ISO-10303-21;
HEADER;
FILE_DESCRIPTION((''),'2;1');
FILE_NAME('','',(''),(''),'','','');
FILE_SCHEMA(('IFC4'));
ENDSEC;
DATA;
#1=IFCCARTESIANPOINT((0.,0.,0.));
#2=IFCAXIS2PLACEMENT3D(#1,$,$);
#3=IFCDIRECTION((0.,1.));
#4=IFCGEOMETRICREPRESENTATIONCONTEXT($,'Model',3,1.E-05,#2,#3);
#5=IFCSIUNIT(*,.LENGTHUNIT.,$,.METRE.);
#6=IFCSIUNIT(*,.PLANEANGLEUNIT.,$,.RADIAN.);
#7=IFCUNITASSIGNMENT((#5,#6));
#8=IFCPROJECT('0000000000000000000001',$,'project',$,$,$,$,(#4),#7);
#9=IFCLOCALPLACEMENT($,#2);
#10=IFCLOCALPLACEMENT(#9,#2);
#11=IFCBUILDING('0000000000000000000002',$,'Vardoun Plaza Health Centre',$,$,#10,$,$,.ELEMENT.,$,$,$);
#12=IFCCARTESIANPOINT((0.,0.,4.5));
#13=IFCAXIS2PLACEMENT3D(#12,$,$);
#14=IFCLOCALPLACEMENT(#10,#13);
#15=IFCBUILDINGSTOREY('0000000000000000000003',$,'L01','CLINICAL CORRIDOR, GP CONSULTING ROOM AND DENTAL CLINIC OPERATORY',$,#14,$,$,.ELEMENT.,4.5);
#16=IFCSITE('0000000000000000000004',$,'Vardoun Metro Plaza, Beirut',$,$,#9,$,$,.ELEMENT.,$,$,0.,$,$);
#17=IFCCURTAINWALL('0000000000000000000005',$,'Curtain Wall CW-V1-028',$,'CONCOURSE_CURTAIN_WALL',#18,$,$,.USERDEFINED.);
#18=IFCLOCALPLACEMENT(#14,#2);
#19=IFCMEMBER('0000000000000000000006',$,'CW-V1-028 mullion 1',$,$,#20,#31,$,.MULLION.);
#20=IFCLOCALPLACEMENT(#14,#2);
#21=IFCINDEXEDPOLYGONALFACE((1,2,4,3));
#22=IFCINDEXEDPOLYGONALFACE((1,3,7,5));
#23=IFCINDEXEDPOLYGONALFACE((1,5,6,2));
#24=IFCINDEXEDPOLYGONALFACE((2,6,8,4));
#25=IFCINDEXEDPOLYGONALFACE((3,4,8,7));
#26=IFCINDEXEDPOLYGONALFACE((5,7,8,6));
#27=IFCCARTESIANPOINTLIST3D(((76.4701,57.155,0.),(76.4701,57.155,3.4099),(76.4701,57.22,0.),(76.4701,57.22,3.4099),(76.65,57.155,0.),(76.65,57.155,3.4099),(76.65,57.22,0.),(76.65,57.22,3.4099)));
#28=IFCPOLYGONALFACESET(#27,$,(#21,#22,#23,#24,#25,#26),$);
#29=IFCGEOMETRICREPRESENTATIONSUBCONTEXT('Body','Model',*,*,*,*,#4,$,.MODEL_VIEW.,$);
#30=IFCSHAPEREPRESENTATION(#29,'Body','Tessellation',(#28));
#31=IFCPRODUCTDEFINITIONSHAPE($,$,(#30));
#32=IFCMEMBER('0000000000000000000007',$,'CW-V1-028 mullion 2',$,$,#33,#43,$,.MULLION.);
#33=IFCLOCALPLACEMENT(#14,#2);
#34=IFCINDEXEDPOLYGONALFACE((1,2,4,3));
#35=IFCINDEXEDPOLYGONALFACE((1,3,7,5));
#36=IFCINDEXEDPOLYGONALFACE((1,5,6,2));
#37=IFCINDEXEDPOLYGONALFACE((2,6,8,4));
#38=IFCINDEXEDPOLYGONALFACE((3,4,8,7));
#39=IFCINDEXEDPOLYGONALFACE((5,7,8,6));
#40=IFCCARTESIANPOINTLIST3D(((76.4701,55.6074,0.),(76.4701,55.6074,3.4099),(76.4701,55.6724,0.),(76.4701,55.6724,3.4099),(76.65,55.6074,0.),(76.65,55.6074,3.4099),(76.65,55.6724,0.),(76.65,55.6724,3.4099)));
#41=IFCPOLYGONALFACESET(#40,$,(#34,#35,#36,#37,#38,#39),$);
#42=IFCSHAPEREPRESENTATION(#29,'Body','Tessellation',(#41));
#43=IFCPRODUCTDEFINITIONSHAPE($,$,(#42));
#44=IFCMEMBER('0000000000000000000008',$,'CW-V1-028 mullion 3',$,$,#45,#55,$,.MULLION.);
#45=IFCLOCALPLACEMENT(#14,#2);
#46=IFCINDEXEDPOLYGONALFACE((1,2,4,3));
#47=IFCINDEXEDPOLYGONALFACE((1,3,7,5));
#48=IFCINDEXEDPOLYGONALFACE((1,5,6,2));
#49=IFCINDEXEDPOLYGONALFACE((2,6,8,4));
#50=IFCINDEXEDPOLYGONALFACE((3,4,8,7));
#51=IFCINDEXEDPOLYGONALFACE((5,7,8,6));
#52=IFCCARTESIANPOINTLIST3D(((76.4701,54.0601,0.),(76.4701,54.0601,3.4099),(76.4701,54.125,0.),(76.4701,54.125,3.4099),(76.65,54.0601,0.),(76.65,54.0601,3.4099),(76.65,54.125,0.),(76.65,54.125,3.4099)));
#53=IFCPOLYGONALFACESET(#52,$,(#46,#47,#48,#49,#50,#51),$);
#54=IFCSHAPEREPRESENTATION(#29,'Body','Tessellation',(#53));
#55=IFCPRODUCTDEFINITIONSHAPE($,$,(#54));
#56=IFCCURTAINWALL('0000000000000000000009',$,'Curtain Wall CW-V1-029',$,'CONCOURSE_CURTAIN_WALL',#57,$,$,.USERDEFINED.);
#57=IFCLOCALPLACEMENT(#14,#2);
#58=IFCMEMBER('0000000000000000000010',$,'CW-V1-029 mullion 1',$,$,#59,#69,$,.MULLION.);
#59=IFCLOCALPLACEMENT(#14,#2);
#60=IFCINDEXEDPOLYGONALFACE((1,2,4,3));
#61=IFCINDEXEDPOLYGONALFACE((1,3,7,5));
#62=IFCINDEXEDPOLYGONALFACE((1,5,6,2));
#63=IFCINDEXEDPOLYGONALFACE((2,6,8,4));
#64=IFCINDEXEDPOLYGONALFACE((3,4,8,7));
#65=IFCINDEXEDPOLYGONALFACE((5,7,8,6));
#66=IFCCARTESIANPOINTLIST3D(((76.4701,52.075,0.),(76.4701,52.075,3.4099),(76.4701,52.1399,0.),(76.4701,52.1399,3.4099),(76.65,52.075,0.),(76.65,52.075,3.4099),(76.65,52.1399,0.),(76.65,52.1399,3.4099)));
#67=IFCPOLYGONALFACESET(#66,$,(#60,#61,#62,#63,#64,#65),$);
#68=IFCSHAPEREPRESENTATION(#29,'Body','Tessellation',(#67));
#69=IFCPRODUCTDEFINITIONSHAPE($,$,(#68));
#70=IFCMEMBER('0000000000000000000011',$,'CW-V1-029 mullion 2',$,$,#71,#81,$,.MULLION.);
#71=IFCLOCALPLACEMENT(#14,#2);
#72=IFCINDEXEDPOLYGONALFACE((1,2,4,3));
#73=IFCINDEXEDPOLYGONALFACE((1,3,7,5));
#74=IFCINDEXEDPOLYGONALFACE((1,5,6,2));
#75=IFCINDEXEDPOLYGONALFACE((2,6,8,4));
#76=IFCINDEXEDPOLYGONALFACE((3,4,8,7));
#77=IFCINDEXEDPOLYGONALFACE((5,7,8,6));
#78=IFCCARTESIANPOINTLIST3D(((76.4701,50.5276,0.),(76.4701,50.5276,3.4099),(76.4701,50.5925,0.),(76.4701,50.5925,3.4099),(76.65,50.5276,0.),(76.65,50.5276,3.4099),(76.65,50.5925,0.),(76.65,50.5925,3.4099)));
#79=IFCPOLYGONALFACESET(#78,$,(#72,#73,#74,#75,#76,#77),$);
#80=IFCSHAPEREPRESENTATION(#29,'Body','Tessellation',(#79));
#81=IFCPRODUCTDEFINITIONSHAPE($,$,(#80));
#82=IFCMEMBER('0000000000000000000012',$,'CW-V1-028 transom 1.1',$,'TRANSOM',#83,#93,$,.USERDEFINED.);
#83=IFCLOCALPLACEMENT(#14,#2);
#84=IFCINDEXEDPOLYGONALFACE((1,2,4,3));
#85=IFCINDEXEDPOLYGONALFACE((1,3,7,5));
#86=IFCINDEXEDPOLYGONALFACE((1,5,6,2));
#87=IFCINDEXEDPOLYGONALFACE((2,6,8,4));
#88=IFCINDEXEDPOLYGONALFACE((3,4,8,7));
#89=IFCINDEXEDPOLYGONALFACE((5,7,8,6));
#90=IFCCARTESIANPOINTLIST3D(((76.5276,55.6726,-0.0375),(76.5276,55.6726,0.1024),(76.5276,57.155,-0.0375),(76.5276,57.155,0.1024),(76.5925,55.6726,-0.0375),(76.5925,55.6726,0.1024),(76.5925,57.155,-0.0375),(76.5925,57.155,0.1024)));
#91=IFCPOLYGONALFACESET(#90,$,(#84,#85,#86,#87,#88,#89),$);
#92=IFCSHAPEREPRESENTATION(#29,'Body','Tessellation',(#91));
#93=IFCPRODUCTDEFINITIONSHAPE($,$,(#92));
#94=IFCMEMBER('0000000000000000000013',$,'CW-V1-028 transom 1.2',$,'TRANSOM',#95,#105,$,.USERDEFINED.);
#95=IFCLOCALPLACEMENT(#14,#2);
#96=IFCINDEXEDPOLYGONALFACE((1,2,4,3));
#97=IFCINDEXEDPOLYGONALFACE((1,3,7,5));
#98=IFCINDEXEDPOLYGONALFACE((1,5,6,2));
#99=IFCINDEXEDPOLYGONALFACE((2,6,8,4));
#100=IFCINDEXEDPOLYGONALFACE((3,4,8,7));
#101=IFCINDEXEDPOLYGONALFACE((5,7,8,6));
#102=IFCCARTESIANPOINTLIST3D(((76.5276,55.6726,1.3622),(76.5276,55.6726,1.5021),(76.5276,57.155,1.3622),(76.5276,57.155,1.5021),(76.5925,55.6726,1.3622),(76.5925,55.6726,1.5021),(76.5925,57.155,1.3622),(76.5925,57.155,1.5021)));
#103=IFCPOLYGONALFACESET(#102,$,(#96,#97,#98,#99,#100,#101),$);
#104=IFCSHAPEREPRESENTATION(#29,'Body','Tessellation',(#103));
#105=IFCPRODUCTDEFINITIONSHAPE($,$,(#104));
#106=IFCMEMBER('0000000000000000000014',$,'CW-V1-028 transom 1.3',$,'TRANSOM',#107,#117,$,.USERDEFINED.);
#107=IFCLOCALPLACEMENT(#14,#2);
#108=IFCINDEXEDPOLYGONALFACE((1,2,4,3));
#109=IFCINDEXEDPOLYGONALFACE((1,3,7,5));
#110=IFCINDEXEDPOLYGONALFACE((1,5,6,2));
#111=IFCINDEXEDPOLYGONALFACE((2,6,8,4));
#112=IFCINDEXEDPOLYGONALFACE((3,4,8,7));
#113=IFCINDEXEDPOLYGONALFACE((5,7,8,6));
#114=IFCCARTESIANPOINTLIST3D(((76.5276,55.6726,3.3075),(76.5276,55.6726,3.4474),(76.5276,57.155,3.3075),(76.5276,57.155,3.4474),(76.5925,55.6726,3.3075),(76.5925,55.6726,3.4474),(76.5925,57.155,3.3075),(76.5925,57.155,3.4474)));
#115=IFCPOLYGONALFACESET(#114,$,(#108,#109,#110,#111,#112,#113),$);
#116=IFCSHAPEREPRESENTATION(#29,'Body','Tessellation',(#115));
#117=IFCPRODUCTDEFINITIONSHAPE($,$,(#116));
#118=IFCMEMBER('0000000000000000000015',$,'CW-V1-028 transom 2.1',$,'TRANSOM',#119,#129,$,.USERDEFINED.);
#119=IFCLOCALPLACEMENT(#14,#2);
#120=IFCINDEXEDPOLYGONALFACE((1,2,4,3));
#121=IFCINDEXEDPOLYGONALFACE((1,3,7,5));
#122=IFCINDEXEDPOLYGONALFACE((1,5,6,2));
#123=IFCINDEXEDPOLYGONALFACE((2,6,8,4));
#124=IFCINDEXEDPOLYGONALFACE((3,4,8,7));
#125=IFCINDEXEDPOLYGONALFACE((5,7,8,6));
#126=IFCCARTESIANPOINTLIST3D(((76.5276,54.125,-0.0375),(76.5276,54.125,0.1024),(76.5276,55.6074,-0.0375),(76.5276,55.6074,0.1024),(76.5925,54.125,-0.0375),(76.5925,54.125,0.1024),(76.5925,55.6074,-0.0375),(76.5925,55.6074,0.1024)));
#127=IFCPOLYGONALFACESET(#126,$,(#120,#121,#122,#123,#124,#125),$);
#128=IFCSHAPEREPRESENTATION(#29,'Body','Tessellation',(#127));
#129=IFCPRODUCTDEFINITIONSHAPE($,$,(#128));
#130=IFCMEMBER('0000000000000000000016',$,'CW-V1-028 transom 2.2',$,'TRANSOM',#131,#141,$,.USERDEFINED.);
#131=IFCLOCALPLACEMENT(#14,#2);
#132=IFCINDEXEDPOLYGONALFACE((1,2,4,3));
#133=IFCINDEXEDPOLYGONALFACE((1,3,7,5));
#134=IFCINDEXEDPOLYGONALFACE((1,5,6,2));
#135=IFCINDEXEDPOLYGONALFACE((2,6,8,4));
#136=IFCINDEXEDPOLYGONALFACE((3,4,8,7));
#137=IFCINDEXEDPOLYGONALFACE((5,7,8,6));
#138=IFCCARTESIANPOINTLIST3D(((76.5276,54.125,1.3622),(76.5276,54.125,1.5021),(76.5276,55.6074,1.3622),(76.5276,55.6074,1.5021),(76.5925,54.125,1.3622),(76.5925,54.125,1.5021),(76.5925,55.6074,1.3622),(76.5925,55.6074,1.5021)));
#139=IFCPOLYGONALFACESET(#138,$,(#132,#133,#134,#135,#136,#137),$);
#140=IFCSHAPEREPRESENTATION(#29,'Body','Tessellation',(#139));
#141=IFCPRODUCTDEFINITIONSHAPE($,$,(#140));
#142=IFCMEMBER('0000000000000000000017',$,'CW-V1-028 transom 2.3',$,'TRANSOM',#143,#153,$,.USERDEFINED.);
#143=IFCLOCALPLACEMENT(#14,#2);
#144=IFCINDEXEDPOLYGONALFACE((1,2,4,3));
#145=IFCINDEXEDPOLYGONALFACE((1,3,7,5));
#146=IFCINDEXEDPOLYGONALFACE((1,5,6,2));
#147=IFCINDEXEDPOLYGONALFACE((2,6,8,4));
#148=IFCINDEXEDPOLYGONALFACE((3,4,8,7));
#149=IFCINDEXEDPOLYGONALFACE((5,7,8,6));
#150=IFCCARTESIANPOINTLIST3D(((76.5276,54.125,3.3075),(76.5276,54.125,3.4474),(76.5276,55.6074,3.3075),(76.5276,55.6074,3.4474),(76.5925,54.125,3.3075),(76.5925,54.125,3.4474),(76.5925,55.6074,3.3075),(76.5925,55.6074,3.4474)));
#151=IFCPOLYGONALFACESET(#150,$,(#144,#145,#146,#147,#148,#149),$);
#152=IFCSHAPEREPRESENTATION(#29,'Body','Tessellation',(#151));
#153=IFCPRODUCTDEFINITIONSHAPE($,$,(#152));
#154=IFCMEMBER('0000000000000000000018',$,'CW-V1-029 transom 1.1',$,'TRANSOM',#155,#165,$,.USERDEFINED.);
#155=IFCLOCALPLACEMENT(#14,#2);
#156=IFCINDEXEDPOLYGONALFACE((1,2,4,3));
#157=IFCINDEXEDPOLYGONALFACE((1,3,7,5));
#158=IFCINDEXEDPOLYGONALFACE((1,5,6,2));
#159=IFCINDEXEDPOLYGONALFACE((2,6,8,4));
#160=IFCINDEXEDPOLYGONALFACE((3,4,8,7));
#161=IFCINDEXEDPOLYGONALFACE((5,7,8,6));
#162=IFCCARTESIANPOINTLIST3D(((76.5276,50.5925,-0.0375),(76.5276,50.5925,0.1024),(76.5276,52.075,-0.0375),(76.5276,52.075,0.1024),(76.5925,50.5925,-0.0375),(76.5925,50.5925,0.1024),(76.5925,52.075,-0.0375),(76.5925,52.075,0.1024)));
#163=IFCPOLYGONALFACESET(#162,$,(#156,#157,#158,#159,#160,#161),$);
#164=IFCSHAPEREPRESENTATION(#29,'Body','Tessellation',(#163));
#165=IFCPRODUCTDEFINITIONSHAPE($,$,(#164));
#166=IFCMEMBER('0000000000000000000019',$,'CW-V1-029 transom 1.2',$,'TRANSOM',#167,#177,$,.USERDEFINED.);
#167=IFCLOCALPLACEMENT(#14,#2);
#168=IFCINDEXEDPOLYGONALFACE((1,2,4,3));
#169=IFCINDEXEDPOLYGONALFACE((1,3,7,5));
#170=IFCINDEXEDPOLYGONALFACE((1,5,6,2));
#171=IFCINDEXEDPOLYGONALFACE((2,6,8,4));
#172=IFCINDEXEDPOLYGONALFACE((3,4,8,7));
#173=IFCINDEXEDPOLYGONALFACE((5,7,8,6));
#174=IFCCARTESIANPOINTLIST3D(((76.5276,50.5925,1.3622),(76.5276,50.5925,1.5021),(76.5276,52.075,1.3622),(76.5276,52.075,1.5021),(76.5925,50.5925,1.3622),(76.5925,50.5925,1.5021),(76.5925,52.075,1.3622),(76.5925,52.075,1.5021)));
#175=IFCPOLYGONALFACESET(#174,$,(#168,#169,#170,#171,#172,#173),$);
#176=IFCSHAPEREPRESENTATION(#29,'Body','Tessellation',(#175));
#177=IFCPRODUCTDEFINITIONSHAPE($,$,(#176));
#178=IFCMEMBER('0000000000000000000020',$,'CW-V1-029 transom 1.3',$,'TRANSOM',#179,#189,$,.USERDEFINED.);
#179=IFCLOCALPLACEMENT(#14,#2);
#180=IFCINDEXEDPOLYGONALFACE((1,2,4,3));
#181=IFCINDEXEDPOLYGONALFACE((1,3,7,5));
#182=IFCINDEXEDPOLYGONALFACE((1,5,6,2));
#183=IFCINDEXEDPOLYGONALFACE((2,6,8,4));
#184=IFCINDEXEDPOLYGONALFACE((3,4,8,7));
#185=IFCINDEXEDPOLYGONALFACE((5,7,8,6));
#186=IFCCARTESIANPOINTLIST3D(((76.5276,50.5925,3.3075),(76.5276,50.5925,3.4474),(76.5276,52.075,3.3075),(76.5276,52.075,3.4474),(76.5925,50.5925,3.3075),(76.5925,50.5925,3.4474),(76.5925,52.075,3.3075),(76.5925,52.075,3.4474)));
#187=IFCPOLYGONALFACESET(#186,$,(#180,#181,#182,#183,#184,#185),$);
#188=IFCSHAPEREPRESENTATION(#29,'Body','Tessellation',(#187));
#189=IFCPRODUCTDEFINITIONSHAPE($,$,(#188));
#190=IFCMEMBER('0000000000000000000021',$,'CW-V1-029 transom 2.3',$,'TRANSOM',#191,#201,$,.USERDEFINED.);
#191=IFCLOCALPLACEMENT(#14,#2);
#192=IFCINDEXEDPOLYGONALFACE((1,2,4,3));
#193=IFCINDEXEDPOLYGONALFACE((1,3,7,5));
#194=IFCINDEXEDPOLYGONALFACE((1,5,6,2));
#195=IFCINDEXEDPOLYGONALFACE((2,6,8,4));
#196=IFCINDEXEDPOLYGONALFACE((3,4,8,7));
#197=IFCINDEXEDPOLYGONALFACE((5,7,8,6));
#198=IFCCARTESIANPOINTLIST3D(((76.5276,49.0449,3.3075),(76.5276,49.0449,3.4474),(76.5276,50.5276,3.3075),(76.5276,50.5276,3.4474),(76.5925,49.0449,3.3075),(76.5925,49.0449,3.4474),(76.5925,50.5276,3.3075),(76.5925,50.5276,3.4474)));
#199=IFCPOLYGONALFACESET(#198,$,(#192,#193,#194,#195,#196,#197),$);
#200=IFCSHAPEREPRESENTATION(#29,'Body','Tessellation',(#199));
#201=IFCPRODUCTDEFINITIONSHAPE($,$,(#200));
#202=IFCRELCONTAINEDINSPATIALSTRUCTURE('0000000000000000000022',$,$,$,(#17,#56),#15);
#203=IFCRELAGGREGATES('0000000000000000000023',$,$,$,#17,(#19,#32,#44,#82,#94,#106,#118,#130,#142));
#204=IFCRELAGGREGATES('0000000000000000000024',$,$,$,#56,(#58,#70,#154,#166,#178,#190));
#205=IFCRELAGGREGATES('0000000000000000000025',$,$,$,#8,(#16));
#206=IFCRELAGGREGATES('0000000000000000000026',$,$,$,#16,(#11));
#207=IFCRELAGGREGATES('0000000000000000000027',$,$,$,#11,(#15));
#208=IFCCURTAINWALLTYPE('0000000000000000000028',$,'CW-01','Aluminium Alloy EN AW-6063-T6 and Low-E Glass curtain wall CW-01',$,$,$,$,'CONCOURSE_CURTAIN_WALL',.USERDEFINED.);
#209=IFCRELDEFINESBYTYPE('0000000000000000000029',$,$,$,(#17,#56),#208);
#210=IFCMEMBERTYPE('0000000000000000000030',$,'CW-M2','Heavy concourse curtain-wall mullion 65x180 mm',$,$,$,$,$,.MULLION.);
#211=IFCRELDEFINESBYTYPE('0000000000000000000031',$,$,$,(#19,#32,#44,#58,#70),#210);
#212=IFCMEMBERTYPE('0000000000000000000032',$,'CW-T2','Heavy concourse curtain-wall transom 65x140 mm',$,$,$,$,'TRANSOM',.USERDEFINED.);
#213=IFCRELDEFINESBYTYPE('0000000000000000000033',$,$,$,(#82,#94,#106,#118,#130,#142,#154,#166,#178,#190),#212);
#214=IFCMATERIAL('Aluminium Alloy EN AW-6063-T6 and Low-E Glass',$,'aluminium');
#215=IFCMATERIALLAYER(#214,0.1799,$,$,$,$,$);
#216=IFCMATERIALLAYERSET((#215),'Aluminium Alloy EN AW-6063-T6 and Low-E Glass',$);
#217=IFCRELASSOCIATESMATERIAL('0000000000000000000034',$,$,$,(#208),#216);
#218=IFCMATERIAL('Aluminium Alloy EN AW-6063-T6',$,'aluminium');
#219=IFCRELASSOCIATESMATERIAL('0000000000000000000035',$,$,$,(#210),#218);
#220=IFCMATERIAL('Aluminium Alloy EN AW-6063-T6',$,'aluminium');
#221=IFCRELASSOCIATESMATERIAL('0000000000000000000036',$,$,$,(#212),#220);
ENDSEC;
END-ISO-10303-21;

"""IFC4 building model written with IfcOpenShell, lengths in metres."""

from ifc_helpers import new_model, si_unit, direction, frame, origin, origin_2d, place, context, subcontext, project, spatial, rectangle, extrude, material, layer, layer_set, material_profile, profile_set, type_object, element, aggregate, save


model = new_model("IFC4")

# Units and contexts
model_context = context("Model", 3, precision=1e-05, world=origin(), true_north=direction((0.0, 1.0)))
body_context = subcontext(model_context, "Body", "Model", "MODEL_VIEW")
ifc_project = project(units=[si_unit("LENGTHUNIT", "METRE"), si_unit("PLANEANGLEUNIT", "RADIAN")], contexts=[model_context])

# Site, building, storey
site_placement = place(None, origin())
site = spatial("IfcSite", under=ifc_project, at=site_placement, Name="Vardoun Metro Plaza, Beirut", CompositionType="ELEMENT", RefElevation=0.0)
building_placement = place(site_placement, origin())
building = spatial("IfcBuilding", under=site, at=building_placement, Name="Vardoun Plaza Health Centre", CompositionType="ELEMENT")
storey_placement = place(building_placement, frame((0.0, 0.0, 4.5)))
storey = spatial("IfcBuildingStorey", under=building, at=storey_placement, Name="L01", Description="CLINICAL CORRIDOR, GP CONSULTING ROOM AND DENTAL CLINIC OPERATORY", CompositionType="ELEMENT", Elevation=4.5)

# Curtain walls, members
ifc_material_1 = material(Name="Aluminium Alloy EN AW-6063-T6 and Low-E Glass", Category="aluminium")
ifc_layer_1 = layer(ifc_material_1, 0.1799)
ifc_layer_set_1 = layer_set([ifc_layer_1], Name="Aluminium Alloy EN AW-6063-T6 and Low-E Glass")
curtain_wall_type = type_object("IfcCurtainWallType", Name="CW-01", Description="Aluminium Alloy EN AW-6063-T6 and Low-E Glass curtain wall CW-01", ElementType="CONCOURSE_CURTAIN_WALL", PredefinedType="USERDEFINED", material=ifc_layer_set_1)
curtain_wall_1_placement = place(storey_placement, origin())
curtain_wall_1 = element("IfcCurtainWall", 1, at=curtain_wall_1_placement, inside=storey, type_object=curtain_wall_type, Name="Curtain Wall CW-V1-028", ObjectType="CONCOURSE_CURTAIN_WALL", PredefinedType="USERDEFINED")
ifc_material_2 = material(Name="Aluminium Alloy EN AW-6063-T6", Category="aluminium")
ifc_material_profile_1 = material_profile(ifc_material_2, rectangle(XDim=0.1799, YDim=0.0649, at=origin_2d()), Name="CWM 65x180")
ifc_profile_set_1 = profile_set([ifc_material_profile_1], Name="Aluminium Alloy EN AW-6063-T6")
member_type_1 = type_object("IfcMemberType", Name="CW-M2", Description="Heavy concourse curtain-wall mullion 65x180 mm", PredefinedType="MULLION", material=ifc_profile_set_1)
member_1_placement = place(storey_placement, frame((76.5601, 57.1875, 0.0), z_axis=(0.0, 0.0, 1.0), x_axis=(1.0, 0.0, 0.0)))
member_1 = element("IfcMember", 2, at=member_1_placement, type_object=member_type_1, Name="CW-V1-028 mullion 1", PredefinedType="MULLION", context=body_context, shape_type="SweptSolid", body=[
    extrude(rectangle(XDim=0.1799, YDim=0.0649, at=origin_2d()), origin(), (0.0, 0.0, 1.0), 3.4099),
])
member_2_placement = place(storey_placement, frame((76.5601, 55.6399, 0.0), z_axis=(0.0, 0.0, 1.0), x_axis=(1.0, 0.0, 0.0)))
member_2 = element("IfcMember", 3, at=member_2_placement, type_object=member_type_1, Name="CW-V1-028 mullion 2", PredefinedType="MULLION", context=body_context, shape_type="SweptSolid", body=[
    extrude(rectangle(XDim=0.1799, YDim=0.0649, at=origin_2d()), origin(), (0.0, 0.0, 1.0), 3.4099),
])
member_3_placement = place(storey_placement, frame((76.5601, 54.0925, 0.0), z_axis=(0.0, 0.0, 1.0), x_axis=(1.0, 0.0, 0.0)))
member_3 = element("IfcMember", 4, at=member_3_placement, type_object=member_type_1, Name="CW-V1-028 mullion 3", PredefinedType="MULLION", context=body_context, shape_type="SweptSolid", body=[
    extrude(rectangle(XDim=0.1799, YDim=0.0649, at=origin_2d()), origin(), (0.0, 0.0, 1.0), 3.4099),
])
curtain_wall_2_placement = place(storey_placement, origin())
curtain_wall_2 = element("IfcCurtainWall", 5, at=curtain_wall_2_placement, inside=storey, type_object=curtain_wall_type, Name="Curtain Wall CW-V1-029", ObjectType="CONCOURSE_CURTAIN_WALL", PredefinedType="USERDEFINED")
member_4_placement = place(storey_placement, frame((76.5601, 52.1074, 0.0), z_axis=(0.0, 0.0, 1.0), x_axis=(1.0, 0.0, 0.0)))
member_4 = element("IfcMember", 6, at=member_4_placement, type_object=member_type_1, Name="CW-V1-029 mullion 1", PredefinedType="MULLION", context=body_context, shape_type="SweptSolid", body=[
    extrude(rectangle(XDim=0.1799, YDim=0.0649, at=origin_2d()), origin(), (0.0, 0.0, 1.0), 3.4099),
])
member_5_placement = place(storey_placement, frame((76.5601, 50.5601, 0.0), z_axis=(0.0, 0.0, 1.0), x_axis=(1.0, 0.0, 0.0)))
member_5 = element("IfcMember", 7, at=member_5_placement, type_object=member_type_1, Name="CW-V1-029 mullion 2", PredefinedType="MULLION", context=body_context, shape_type="SweptSolid", body=[
    extrude(rectangle(XDim=0.1799, YDim=0.0649, at=origin_2d()), origin(), (0.0, 0.0, 1.0), 3.4099),
])

# Members
ifc_material_3 = material(Name="Aluminium Alloy EN AW-6063-T6", Category="aluminium")
ifc_material_profile_2 = material_profile(ifc_material_3, rectangle(XDim=0.0649, YDim=0.1399, at=origin_2d()), Name="CWT 65x140")
ifc_profile_set_2 = profile_set([ifc_material_profile_2], Name="Aluminium Alloy EN AW-6063-T6")
member_type_2 = type_object("IfcMemberType", Name="CW-T2", Description="Heavy concourse curtain-wall transom 65x140 mm", ElementType="TRANSOM", PredefinedType="USERDEFINED", material=ifc_profile_set_2)
member_6_placement = place(storey_placement, frame((76.5601, 57.155, 0.0325), z_axis=(0.0, -1.0, 0.0), x_axis=(1.0, 0.0, 0.0)))
member_6 = element("IfcMember", 8, at=member_6_placement, type_object=member_type_2, Name="CW-V1-028 transom 1.1", ObjectType="TRANSOM", PredefinedType="USERDEFINED", context=body_context, shape_type="SweptSolid", body=[
    extrude(rectangle(XDim=0.0649, YDim=0.1399, at=origin_2d()), origin(), (0.0, 0.0, 1.0), 1.4824),
])
member_7_placement = place(storey_placement, frame((76.5601, 57.155, 1.4321), z_axis=(0.0, -1.0, 0.0), x_axis=(1.0, 0.0, 0.0)))
member_7 = element("IfcMember", 9, at=member_7_placement, type_object=member_type_2, Name="CW-V1-028 transom 1.2", ObjectType="TRANSOM", PredefinedType="USERDEFINED", context=body_context, shape_type="SweptSolid", body=[
    extrude(rectangle(XDim=0.0649, YDim=0.1399, at=origin_2d()), origin(), (0.0, 0.0, 1.0), 1.4824),
])
member_8_placement = place(storey_placement, frame((76.5601, 57.155, 3.3774), z_axis=(0.0, -1.0, 0.0), x_axis=(1.0, 0.0, 0.0)))
member_8 = element("IfcMember", 10, at=member_8_placement, type_object=member_type_2, Name="CW-V1-028 transom 1.3", ObjectType="TRANSOM", PredefinedType="USERDEFINED", context=body_context, shape_type="SweptSolid", body=[
    extrude(rectangle(XDim=0.0649, YDim=0.1399, at=origin_2d()), origin(), (0.0, 0.0, 1.0), 1.4824),
])
member_9_placement = place(storey_placement, frame((76.5601, 55.6074, 0.0325), z_axis=(0.0, -1.0, 0.0), x_axis=(1.0, 0.0, 0.0)))
member_9 = element("IfcMember", 11, at=member_9_placement, type_object=member_type_2, Name="CW-V1-028 transom 2.1", ObjectType="TRANSOM", PredefinedType="USERDEFINED", context=body_context, shape_type="SweptSolid", body=[
    extrude(rectangle(XDim=0.0649, YDim=0.1399, at=origin_2d()), origin(), (0.0, 0.0, 1.0), 1.4824),
])
member_10_placement = place(storey_placement, frame((76.5601, 55.6074, 1.4321), z_axis=(0.0, -1.0, 0.0), x_axis=(1.0, 0.0, 0.0)))
member_10 = element("IfcMember", 12, at=member_10_placement, type_object=member_type_2, Name="CW-V1-028 transom 2.2", ObjectType="TRANSOM", PredefinedType="USERDEFINED", context=body_context, shape_type="SweptSolid", body=[
    extrude(rectangle(XDim=0.0649, YDim=0.1399, at=origin_2d()), origin(), (0.0, 0.0, 1.0), 1.4824),
])
member_11_placement = place(storey_placement, frame((76.5601, 55.6074, 3.3774), z_axis=(0.0, -1.0, 0.0), x_axis=(1.0, 0.0, 0.0)))
member_11 = element("IfcMember", 13, at=member_11_placement, type_object=member_type_2, Name="CW-V1-028 transom 2.3", ObjectType="TRANSOM", PredefinedType="USERDEFINED", context=body_context, shape_type="SweptSolid", body=[
    extrude(rectangle(XDim=0.0649, YDim=0.1399, at=origin_2d()), origin(), (0.0, 0.0, 1.0), 1.4824),
])
member_12_placement = place(storey_placement, frame((76.5601, 52.075, 0.0325), z_axis=(0.0, -1.0, 0.0), x_axis=(1.0, 0.0, 0.0)))
member_12 = element("IfcMember", 14, at=member_12_placement, type_object=member_type_2, Name="CW-V1-029 transom 1.1", ObjectType="TRANSOM", PredefinedType="USERDEFINED", context=body_context, shape_type="SweptSolid", body=[
    extrude(rectangle(XDim=0.0649, YDim=0.1399, at=origin_2d()), origin(), (0.0, 0.0, 1.0), 1.4824),
])
member_13_placement = place(storey_placement, frame((76.5601, 52.075, 1.4321), z_axis=(0.0, -1.0, 0.0), x_axis=(1.0, 0.0, 0.0)))
member_13 = element("IfcMember", 15, at=member_13_placement, type_object=member_type_2, Name="CW-V1-029 transom 1.2", ObjectType="TRANSOM", PredefinedType="USERDEFINED", context=body_context, shape_type="SweptSolid", body=[
    extrude(rectangle(XDim=0.0649, YDim=0.1399, at=origin_2d()), origin(), (0.0, 0.0, 1.0), 1.4824),
])
member_14_placement = place(storey_placement, frame((76.5601, 52.075, 3.3774), z_axis=(0.0, -1.0, 0.0), x_axis=(1.0, 0.0, 0.0)))
member_14 = element("IfcMember", 16, at=member_14_placement, type_object=member_type_2, Name="CW-V1-029 transom 1.3", ObjectType="TRANSOM", PredefinedType="USERDEFINED", context=body_context, shape_type="SweptSolid", body=[
    extrude(rectangle(XDim=0.0649, YDim=0.1399, at=origin_2d()), origin(), (0.0, 0.0, 1.0), 1.4824),
])
member_15_placement = place(storey_placement, frame((76.5601, 50.5276, 3.3774), z_axis=(0.0, -1.0, 0.0), x_axis=(1.0, 0.0, 0.0)))
member_15 = element("IfcMember", 17, at=member_15_placement, type_object=member_type_2, Name="CW-V1-029 transom 2.3", ObjectType="TRANSOM", PredefinedType="USERDEFINED", context=body_context, shape_type="SweptSolid", body=[
    extrude(rectangle(XDim=0.0649, YDim=0.1399, at=origin_2d()), origin(), (0.0, 0.0, 1.0), 1.4827),
])

aggregate(curtain_wall_1, [member_1, member_2, member_3, member_6, member_7, member_8, member_9, member_10, member_11])
aggregate(curtain_wall_2, [member_4, member_5, member_12, member_13, member_14, member_15])

save(model, "model.ifc")
